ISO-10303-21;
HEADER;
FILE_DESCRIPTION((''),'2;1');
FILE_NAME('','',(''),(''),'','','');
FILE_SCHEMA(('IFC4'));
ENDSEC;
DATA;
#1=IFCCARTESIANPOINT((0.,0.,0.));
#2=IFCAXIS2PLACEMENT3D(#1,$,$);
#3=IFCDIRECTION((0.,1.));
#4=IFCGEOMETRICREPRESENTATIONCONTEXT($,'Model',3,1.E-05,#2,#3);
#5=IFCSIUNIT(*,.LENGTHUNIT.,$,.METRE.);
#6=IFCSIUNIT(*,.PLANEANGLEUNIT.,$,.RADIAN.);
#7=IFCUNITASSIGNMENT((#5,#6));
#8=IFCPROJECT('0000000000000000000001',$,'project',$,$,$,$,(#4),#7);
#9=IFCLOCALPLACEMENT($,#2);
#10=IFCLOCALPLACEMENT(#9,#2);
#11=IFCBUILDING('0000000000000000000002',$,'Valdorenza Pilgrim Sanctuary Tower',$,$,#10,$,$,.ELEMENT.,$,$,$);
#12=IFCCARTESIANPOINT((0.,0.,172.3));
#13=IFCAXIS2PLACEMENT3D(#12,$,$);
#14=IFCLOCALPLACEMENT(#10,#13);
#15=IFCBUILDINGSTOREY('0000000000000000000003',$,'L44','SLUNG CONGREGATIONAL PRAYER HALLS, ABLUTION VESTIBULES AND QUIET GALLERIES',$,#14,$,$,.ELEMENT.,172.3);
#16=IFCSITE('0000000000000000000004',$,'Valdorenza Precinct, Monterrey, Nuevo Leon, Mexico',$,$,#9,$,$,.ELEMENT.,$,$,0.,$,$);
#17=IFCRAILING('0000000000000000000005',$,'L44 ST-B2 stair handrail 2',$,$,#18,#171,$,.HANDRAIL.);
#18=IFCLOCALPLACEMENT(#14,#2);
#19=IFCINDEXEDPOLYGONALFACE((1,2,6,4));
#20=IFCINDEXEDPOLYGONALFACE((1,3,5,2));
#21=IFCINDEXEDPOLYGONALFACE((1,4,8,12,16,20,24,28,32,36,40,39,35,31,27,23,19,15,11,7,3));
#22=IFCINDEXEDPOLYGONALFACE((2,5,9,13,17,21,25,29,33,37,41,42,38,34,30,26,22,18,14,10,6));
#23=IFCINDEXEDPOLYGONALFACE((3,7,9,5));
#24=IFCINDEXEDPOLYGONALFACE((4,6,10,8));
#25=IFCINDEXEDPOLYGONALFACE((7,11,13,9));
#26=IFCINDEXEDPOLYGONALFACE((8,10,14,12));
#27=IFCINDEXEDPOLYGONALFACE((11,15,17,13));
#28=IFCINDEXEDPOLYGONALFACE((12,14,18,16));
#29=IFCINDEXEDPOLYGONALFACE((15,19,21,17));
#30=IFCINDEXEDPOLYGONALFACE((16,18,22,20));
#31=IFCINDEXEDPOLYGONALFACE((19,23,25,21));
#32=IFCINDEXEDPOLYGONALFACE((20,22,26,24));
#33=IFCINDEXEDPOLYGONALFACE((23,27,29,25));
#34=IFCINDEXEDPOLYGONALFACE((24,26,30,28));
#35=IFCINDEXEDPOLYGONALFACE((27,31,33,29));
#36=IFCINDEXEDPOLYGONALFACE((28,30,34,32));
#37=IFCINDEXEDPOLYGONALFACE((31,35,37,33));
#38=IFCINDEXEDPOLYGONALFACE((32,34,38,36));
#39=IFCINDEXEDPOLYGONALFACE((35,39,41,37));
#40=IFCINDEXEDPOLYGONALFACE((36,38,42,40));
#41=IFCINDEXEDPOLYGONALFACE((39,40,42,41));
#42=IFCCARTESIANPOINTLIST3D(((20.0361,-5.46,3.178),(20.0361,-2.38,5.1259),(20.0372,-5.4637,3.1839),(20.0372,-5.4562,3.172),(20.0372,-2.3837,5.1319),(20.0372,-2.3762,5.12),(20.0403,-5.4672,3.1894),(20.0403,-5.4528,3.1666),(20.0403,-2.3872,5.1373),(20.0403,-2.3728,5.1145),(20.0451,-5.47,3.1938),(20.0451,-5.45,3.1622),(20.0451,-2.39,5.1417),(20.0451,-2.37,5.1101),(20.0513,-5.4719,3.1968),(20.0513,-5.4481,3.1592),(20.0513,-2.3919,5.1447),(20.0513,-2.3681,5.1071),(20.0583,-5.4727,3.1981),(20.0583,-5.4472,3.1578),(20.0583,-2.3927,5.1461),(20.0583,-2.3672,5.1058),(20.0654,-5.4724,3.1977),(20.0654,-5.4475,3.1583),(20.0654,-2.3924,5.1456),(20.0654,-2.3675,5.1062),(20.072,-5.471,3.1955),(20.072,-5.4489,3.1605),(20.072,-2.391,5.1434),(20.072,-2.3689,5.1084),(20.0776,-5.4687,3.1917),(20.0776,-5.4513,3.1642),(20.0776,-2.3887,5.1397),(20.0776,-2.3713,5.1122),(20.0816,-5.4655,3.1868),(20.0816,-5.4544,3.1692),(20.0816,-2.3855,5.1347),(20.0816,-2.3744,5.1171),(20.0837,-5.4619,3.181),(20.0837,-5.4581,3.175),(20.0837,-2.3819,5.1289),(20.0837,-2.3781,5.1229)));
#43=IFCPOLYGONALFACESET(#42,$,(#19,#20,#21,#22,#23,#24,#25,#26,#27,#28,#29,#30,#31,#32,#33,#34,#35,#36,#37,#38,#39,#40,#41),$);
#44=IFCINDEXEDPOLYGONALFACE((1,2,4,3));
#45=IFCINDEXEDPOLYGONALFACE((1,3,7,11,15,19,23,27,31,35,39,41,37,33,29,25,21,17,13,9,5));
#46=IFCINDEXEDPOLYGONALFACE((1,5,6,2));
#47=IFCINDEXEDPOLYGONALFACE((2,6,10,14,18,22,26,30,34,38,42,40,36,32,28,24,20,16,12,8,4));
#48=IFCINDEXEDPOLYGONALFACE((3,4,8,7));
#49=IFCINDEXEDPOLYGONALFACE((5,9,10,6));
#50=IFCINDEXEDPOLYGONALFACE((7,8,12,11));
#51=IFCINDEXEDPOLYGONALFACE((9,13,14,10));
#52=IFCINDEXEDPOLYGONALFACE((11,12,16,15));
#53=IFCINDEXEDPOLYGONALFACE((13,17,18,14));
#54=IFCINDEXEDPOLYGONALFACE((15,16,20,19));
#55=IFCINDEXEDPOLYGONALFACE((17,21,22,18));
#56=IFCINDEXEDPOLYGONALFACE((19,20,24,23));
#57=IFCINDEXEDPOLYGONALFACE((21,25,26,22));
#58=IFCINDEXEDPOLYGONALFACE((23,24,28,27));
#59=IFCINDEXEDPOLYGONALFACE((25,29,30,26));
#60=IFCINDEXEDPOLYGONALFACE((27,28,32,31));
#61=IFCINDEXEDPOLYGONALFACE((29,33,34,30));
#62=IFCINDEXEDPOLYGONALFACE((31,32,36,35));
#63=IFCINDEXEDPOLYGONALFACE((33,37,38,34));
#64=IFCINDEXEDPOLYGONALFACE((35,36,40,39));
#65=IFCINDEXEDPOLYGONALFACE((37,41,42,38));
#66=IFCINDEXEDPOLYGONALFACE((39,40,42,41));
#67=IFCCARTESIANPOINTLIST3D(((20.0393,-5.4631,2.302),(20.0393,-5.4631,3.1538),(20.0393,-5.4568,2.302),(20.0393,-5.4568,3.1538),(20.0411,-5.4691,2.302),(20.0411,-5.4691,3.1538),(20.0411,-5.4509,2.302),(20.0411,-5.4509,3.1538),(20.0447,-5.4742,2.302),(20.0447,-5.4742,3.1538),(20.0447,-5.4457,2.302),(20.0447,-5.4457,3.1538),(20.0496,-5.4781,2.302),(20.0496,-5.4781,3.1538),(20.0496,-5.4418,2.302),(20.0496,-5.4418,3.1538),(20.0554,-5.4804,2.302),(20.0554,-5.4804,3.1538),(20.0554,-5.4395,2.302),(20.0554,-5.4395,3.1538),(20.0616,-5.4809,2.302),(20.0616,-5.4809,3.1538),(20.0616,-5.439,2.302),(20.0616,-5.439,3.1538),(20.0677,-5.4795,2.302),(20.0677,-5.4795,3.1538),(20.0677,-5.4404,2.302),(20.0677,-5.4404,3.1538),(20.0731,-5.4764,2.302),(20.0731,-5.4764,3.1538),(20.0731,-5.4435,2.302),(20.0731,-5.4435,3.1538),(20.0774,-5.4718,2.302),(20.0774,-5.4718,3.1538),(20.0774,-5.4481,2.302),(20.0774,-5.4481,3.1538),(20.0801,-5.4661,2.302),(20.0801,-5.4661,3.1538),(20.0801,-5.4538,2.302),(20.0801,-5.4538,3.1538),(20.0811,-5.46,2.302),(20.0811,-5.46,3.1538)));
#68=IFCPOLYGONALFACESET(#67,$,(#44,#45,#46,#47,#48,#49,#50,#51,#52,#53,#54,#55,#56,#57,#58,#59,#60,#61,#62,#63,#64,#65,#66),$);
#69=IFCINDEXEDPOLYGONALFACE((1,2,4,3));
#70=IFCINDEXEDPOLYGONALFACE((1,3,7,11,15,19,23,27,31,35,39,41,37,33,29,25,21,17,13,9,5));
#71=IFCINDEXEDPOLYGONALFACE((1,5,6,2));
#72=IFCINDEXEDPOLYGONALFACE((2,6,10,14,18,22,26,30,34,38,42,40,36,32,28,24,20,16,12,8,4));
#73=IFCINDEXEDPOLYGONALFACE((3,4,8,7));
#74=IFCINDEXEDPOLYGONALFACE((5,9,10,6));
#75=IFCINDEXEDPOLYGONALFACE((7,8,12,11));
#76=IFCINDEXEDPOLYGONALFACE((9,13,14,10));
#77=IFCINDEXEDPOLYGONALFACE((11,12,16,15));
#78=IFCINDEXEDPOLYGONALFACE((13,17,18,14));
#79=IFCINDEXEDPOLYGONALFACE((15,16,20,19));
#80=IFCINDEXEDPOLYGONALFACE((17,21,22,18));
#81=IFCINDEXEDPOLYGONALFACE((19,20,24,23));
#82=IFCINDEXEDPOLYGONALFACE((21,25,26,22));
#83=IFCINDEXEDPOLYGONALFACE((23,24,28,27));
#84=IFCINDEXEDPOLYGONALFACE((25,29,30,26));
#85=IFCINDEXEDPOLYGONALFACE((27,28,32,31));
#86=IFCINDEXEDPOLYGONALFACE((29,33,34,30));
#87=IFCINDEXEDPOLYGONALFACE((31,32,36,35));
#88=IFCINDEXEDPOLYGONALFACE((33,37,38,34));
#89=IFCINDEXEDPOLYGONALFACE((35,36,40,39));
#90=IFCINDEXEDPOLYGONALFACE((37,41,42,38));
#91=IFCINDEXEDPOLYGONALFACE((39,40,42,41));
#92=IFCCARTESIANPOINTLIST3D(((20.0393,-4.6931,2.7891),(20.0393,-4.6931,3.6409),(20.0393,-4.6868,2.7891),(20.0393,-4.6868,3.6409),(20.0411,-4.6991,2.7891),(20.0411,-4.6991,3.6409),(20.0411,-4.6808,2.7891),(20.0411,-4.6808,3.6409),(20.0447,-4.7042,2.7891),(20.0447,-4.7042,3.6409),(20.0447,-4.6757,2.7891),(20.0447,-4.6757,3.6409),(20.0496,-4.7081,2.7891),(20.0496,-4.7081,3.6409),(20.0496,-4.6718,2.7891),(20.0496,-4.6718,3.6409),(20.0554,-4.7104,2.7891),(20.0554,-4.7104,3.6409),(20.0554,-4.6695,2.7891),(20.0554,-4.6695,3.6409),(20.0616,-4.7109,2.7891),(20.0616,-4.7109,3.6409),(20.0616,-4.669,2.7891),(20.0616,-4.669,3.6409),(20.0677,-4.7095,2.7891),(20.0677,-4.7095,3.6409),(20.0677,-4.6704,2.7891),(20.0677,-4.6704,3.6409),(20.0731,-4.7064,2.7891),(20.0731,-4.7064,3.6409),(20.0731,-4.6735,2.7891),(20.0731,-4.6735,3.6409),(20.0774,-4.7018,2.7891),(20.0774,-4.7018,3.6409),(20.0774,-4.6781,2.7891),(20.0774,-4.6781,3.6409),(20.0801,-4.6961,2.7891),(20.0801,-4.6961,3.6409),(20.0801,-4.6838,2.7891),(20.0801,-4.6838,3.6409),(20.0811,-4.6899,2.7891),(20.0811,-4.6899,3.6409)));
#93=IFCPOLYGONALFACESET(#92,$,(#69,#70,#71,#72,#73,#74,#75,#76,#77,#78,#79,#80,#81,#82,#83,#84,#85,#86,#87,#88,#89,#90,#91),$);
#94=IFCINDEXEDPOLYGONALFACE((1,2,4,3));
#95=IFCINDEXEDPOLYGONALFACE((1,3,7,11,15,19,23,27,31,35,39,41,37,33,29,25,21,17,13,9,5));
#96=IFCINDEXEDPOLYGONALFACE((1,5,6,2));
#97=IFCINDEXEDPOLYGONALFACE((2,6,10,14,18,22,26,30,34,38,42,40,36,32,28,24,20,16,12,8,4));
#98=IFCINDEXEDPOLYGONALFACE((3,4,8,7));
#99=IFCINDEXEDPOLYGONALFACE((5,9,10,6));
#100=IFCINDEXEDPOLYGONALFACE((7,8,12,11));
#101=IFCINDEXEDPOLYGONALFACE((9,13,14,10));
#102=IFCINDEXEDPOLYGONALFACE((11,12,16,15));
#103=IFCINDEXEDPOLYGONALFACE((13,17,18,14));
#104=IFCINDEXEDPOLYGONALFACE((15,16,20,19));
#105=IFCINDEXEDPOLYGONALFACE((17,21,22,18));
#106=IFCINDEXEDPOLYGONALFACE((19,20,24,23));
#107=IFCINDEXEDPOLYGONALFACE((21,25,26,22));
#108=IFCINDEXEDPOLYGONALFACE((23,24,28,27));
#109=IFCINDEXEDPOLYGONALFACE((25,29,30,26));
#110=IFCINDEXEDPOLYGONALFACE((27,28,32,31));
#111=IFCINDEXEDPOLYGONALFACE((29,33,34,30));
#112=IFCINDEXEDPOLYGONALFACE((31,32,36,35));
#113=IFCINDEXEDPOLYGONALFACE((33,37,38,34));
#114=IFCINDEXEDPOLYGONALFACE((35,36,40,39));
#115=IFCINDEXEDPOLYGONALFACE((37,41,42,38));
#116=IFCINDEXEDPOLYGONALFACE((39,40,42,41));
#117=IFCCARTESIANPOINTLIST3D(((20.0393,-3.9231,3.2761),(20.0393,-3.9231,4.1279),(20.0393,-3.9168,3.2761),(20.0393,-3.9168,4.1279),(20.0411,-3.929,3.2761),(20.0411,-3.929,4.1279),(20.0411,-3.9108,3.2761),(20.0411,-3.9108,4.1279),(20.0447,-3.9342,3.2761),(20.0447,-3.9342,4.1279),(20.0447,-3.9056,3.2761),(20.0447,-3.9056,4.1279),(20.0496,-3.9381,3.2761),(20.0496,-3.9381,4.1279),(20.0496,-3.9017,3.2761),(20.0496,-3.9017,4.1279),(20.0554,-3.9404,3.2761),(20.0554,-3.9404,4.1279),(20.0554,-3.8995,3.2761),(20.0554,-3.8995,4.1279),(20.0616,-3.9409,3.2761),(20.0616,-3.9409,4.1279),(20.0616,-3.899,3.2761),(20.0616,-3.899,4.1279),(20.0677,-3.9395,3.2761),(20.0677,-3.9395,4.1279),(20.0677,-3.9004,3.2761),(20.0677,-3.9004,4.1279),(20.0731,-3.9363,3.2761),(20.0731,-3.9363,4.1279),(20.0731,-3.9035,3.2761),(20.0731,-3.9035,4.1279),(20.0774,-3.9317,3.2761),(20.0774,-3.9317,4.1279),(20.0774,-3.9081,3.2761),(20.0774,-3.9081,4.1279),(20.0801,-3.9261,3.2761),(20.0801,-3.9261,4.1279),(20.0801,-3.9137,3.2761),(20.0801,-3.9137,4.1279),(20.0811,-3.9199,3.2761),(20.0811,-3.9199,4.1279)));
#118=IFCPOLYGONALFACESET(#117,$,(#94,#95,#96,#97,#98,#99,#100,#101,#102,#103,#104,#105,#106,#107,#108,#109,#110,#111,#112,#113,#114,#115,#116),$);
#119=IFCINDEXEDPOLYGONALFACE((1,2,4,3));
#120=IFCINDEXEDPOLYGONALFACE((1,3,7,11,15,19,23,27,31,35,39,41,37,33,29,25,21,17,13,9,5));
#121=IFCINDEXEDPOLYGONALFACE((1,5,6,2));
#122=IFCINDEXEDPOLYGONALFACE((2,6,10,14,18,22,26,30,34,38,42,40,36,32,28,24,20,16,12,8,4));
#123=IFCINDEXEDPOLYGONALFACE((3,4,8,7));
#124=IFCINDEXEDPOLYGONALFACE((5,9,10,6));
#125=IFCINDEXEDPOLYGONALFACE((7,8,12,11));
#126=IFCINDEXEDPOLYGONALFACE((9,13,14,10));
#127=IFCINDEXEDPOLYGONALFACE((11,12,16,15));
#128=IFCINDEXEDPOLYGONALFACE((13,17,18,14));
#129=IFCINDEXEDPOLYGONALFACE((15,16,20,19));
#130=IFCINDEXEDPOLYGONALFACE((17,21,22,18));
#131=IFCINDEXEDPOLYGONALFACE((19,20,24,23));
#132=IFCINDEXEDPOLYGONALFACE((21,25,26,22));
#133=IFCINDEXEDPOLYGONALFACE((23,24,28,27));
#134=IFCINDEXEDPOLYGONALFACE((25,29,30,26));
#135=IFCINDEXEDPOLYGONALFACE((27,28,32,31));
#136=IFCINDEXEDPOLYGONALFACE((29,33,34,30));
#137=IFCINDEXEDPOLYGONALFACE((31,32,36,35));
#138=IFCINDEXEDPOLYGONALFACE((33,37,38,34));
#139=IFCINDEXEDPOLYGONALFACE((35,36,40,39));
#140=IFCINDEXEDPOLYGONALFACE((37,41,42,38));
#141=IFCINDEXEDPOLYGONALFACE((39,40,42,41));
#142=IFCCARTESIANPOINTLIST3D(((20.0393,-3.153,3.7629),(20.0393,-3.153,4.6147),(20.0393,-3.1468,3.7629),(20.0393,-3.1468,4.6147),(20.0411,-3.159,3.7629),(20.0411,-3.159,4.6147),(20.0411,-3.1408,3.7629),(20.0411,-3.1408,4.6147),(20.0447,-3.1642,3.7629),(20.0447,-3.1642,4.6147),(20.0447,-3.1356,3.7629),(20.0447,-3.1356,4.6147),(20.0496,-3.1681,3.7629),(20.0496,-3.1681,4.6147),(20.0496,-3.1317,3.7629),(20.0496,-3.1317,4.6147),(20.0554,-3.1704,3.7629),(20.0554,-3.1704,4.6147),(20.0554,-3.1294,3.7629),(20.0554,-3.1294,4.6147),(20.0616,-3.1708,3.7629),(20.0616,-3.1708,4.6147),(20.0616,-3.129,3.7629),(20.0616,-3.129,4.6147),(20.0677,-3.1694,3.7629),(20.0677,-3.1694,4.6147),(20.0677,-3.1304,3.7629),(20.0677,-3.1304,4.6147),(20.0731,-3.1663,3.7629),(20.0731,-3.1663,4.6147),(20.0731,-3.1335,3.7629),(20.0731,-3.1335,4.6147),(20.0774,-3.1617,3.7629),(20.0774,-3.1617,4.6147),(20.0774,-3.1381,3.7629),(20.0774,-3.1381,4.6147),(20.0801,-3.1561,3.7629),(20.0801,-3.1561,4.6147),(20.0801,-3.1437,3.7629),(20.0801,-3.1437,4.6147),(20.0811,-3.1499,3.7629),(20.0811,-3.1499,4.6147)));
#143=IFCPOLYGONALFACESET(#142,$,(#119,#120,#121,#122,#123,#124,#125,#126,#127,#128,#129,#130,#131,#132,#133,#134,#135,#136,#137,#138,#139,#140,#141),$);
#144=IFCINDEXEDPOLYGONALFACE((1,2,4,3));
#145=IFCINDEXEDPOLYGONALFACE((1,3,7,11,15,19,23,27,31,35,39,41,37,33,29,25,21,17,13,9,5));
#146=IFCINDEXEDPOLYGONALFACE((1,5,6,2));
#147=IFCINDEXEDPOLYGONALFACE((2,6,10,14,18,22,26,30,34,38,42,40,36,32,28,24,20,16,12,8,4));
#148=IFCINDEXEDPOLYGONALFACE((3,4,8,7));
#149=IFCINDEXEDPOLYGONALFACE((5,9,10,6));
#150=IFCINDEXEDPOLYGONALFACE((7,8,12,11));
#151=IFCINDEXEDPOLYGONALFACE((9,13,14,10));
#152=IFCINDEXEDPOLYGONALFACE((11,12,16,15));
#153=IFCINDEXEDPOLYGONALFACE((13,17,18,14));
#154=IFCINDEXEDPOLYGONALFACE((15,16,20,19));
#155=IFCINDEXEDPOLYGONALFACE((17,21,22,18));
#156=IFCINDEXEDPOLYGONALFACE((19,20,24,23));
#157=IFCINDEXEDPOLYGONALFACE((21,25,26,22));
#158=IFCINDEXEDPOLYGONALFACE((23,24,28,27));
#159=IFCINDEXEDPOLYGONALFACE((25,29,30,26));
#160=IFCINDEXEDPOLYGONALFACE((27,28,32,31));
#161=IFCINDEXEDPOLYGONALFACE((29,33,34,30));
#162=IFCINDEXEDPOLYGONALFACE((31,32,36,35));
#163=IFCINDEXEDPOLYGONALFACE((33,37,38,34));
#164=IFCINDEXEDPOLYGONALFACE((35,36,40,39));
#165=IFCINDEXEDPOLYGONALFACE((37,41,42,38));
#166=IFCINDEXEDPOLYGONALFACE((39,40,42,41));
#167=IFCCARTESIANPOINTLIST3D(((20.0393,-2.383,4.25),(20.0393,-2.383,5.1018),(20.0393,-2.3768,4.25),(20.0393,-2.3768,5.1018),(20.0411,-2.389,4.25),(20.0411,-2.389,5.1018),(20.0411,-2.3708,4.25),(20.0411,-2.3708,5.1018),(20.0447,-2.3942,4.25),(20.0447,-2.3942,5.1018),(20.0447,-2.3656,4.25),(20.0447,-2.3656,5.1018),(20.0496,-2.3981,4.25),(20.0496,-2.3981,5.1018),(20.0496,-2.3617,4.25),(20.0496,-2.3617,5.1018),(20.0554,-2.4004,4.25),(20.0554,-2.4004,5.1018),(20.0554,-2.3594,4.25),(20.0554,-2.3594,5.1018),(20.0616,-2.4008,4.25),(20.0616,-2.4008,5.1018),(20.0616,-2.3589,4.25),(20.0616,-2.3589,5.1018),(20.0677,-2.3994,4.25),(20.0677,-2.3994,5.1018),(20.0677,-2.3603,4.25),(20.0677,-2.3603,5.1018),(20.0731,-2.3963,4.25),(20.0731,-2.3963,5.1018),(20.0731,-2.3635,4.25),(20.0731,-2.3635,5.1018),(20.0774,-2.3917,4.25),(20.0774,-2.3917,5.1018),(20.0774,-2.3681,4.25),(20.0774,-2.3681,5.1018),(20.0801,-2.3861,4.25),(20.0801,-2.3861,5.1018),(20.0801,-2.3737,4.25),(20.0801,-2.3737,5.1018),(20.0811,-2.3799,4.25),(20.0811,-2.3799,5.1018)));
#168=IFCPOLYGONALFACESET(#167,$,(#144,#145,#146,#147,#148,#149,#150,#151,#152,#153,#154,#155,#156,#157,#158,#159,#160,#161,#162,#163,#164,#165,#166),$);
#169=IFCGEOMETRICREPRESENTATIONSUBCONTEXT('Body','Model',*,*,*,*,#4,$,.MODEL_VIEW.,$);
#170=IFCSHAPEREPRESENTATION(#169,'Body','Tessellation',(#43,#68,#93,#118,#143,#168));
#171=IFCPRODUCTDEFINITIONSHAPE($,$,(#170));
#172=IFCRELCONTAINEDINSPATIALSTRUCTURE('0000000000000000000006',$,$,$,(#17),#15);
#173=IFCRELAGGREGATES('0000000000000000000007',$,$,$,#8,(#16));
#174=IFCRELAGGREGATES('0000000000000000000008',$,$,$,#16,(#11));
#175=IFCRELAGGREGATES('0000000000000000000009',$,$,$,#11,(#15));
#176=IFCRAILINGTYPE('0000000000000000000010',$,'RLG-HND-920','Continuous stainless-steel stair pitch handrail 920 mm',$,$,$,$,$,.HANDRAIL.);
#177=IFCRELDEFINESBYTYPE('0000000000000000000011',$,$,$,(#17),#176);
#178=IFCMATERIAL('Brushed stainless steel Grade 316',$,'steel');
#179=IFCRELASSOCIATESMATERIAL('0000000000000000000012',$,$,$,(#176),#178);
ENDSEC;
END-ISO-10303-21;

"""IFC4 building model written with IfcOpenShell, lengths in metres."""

from ifc_helpers import new_model, si_unit, direction, frame, origin, origin_2d, place, context, subcontext, project, spatial, circle, extrude, material, type_object, element, save


model = new_model("IFC4")

# Units and contexts
model_context = context("Model", 3, precision=1e-05, world=origin(), true_north=direction((0.0, 1.0)))
body_context = subcontext(model_context, "Body", "Model", "MODEL_VIEW")
ifc_project = project(units=[si_unit("LENGTHUNIT", "METRE"), si_unit("PLANEANGLEUNIT", "RADIAN")], contexts=[model_context])

# Site, building, storey
site_placement = place(None, origin())
site = spatial("IfcSite", under=ifc_project, at=site_placement, Name="Valdorenza Precinct, Monterrey, Nuevo Leon, Mexico", CompositionType="ELEMENT", RefElevation=0.0)
building_placement = place(site_placement, origin())
building = spatial("IfcBuilding", under=site, at=building_placement, Name="Valdorenza Pilgrim Sanctuary Tower", CompositionType="ELEMENT")
storey_placement = place(building_placement, frame((0.0, 0.0, 172.3)))
storey = spatial("IfcBuildingStorey", under=building, at=storey_placement, Name="L44", Description="SLUNG CONGREGATIONAL PRAYER HALLS, ABLUTION VESTIBULES AND QUIET GALLERIES", CompositionType="ELEMENT", Elevation=172.3)

# Railing
ifc_material_1 = material(Name="Brushed stainless steel Grade 316", Category="steel")
railing_type_1 = type_object("IfcRailingType", Name="RLG-HND-920", Description="Continuous stainless-steel stair pitch handrail 920 mm", PredefinedType="HANDRAIL", material=ifc_material_1)
railing_1_placement = place(storey_placement, frame((20.0601, -5.46, 2.302)))
element("IfcRailing", 1, at=railing_1_placement, inside=storey, type_object=railing_type_1, Name="L44 ST-B2 stair handrail 2", PredefinedType="HANDRAIL", context=body_context, shape_type="SweptSolid", body=[
    extrude(circle(Radius=0.0239, at=origin_2d()), frame((0.0, 0.0, 0.876), z_axis=(0.0, 0.845156, 0.53452), x_axis=(-1.0, 0.0, 0.0)), (0.0, 0.0, 1.0), 3.6443),
    extrude(circle(Radius=0.021, at=origin_2d()), origin(), (0.0, 0.0, 1.0), 0.8518),
    extrude(circle(Radius=0.021, at=origin_2d()), frame((0.0, 0.77, 0.4871)), (0.0, 0.0, 1.0), 0.8518),
    extrude(circle(Radius=0.021, at=origin_2d()), frame((0.0, 1.54, 0.9741)), (0.0, 0.0, 1.0), 0.8518),
    extrude(circle(Radius=0.021, at=origin_2d()), frame((0.0, 2.3101, 1.4609)), (0.0, 0.0, 1.0), 0.8518),
    extrude(circle(Radius=0.021, at=origin_2d()), frame((0.0, 3.0801, 1.948)), (0.0, 0.0, 1.0), 0.8518),
])

save(model, "model.ifc")
